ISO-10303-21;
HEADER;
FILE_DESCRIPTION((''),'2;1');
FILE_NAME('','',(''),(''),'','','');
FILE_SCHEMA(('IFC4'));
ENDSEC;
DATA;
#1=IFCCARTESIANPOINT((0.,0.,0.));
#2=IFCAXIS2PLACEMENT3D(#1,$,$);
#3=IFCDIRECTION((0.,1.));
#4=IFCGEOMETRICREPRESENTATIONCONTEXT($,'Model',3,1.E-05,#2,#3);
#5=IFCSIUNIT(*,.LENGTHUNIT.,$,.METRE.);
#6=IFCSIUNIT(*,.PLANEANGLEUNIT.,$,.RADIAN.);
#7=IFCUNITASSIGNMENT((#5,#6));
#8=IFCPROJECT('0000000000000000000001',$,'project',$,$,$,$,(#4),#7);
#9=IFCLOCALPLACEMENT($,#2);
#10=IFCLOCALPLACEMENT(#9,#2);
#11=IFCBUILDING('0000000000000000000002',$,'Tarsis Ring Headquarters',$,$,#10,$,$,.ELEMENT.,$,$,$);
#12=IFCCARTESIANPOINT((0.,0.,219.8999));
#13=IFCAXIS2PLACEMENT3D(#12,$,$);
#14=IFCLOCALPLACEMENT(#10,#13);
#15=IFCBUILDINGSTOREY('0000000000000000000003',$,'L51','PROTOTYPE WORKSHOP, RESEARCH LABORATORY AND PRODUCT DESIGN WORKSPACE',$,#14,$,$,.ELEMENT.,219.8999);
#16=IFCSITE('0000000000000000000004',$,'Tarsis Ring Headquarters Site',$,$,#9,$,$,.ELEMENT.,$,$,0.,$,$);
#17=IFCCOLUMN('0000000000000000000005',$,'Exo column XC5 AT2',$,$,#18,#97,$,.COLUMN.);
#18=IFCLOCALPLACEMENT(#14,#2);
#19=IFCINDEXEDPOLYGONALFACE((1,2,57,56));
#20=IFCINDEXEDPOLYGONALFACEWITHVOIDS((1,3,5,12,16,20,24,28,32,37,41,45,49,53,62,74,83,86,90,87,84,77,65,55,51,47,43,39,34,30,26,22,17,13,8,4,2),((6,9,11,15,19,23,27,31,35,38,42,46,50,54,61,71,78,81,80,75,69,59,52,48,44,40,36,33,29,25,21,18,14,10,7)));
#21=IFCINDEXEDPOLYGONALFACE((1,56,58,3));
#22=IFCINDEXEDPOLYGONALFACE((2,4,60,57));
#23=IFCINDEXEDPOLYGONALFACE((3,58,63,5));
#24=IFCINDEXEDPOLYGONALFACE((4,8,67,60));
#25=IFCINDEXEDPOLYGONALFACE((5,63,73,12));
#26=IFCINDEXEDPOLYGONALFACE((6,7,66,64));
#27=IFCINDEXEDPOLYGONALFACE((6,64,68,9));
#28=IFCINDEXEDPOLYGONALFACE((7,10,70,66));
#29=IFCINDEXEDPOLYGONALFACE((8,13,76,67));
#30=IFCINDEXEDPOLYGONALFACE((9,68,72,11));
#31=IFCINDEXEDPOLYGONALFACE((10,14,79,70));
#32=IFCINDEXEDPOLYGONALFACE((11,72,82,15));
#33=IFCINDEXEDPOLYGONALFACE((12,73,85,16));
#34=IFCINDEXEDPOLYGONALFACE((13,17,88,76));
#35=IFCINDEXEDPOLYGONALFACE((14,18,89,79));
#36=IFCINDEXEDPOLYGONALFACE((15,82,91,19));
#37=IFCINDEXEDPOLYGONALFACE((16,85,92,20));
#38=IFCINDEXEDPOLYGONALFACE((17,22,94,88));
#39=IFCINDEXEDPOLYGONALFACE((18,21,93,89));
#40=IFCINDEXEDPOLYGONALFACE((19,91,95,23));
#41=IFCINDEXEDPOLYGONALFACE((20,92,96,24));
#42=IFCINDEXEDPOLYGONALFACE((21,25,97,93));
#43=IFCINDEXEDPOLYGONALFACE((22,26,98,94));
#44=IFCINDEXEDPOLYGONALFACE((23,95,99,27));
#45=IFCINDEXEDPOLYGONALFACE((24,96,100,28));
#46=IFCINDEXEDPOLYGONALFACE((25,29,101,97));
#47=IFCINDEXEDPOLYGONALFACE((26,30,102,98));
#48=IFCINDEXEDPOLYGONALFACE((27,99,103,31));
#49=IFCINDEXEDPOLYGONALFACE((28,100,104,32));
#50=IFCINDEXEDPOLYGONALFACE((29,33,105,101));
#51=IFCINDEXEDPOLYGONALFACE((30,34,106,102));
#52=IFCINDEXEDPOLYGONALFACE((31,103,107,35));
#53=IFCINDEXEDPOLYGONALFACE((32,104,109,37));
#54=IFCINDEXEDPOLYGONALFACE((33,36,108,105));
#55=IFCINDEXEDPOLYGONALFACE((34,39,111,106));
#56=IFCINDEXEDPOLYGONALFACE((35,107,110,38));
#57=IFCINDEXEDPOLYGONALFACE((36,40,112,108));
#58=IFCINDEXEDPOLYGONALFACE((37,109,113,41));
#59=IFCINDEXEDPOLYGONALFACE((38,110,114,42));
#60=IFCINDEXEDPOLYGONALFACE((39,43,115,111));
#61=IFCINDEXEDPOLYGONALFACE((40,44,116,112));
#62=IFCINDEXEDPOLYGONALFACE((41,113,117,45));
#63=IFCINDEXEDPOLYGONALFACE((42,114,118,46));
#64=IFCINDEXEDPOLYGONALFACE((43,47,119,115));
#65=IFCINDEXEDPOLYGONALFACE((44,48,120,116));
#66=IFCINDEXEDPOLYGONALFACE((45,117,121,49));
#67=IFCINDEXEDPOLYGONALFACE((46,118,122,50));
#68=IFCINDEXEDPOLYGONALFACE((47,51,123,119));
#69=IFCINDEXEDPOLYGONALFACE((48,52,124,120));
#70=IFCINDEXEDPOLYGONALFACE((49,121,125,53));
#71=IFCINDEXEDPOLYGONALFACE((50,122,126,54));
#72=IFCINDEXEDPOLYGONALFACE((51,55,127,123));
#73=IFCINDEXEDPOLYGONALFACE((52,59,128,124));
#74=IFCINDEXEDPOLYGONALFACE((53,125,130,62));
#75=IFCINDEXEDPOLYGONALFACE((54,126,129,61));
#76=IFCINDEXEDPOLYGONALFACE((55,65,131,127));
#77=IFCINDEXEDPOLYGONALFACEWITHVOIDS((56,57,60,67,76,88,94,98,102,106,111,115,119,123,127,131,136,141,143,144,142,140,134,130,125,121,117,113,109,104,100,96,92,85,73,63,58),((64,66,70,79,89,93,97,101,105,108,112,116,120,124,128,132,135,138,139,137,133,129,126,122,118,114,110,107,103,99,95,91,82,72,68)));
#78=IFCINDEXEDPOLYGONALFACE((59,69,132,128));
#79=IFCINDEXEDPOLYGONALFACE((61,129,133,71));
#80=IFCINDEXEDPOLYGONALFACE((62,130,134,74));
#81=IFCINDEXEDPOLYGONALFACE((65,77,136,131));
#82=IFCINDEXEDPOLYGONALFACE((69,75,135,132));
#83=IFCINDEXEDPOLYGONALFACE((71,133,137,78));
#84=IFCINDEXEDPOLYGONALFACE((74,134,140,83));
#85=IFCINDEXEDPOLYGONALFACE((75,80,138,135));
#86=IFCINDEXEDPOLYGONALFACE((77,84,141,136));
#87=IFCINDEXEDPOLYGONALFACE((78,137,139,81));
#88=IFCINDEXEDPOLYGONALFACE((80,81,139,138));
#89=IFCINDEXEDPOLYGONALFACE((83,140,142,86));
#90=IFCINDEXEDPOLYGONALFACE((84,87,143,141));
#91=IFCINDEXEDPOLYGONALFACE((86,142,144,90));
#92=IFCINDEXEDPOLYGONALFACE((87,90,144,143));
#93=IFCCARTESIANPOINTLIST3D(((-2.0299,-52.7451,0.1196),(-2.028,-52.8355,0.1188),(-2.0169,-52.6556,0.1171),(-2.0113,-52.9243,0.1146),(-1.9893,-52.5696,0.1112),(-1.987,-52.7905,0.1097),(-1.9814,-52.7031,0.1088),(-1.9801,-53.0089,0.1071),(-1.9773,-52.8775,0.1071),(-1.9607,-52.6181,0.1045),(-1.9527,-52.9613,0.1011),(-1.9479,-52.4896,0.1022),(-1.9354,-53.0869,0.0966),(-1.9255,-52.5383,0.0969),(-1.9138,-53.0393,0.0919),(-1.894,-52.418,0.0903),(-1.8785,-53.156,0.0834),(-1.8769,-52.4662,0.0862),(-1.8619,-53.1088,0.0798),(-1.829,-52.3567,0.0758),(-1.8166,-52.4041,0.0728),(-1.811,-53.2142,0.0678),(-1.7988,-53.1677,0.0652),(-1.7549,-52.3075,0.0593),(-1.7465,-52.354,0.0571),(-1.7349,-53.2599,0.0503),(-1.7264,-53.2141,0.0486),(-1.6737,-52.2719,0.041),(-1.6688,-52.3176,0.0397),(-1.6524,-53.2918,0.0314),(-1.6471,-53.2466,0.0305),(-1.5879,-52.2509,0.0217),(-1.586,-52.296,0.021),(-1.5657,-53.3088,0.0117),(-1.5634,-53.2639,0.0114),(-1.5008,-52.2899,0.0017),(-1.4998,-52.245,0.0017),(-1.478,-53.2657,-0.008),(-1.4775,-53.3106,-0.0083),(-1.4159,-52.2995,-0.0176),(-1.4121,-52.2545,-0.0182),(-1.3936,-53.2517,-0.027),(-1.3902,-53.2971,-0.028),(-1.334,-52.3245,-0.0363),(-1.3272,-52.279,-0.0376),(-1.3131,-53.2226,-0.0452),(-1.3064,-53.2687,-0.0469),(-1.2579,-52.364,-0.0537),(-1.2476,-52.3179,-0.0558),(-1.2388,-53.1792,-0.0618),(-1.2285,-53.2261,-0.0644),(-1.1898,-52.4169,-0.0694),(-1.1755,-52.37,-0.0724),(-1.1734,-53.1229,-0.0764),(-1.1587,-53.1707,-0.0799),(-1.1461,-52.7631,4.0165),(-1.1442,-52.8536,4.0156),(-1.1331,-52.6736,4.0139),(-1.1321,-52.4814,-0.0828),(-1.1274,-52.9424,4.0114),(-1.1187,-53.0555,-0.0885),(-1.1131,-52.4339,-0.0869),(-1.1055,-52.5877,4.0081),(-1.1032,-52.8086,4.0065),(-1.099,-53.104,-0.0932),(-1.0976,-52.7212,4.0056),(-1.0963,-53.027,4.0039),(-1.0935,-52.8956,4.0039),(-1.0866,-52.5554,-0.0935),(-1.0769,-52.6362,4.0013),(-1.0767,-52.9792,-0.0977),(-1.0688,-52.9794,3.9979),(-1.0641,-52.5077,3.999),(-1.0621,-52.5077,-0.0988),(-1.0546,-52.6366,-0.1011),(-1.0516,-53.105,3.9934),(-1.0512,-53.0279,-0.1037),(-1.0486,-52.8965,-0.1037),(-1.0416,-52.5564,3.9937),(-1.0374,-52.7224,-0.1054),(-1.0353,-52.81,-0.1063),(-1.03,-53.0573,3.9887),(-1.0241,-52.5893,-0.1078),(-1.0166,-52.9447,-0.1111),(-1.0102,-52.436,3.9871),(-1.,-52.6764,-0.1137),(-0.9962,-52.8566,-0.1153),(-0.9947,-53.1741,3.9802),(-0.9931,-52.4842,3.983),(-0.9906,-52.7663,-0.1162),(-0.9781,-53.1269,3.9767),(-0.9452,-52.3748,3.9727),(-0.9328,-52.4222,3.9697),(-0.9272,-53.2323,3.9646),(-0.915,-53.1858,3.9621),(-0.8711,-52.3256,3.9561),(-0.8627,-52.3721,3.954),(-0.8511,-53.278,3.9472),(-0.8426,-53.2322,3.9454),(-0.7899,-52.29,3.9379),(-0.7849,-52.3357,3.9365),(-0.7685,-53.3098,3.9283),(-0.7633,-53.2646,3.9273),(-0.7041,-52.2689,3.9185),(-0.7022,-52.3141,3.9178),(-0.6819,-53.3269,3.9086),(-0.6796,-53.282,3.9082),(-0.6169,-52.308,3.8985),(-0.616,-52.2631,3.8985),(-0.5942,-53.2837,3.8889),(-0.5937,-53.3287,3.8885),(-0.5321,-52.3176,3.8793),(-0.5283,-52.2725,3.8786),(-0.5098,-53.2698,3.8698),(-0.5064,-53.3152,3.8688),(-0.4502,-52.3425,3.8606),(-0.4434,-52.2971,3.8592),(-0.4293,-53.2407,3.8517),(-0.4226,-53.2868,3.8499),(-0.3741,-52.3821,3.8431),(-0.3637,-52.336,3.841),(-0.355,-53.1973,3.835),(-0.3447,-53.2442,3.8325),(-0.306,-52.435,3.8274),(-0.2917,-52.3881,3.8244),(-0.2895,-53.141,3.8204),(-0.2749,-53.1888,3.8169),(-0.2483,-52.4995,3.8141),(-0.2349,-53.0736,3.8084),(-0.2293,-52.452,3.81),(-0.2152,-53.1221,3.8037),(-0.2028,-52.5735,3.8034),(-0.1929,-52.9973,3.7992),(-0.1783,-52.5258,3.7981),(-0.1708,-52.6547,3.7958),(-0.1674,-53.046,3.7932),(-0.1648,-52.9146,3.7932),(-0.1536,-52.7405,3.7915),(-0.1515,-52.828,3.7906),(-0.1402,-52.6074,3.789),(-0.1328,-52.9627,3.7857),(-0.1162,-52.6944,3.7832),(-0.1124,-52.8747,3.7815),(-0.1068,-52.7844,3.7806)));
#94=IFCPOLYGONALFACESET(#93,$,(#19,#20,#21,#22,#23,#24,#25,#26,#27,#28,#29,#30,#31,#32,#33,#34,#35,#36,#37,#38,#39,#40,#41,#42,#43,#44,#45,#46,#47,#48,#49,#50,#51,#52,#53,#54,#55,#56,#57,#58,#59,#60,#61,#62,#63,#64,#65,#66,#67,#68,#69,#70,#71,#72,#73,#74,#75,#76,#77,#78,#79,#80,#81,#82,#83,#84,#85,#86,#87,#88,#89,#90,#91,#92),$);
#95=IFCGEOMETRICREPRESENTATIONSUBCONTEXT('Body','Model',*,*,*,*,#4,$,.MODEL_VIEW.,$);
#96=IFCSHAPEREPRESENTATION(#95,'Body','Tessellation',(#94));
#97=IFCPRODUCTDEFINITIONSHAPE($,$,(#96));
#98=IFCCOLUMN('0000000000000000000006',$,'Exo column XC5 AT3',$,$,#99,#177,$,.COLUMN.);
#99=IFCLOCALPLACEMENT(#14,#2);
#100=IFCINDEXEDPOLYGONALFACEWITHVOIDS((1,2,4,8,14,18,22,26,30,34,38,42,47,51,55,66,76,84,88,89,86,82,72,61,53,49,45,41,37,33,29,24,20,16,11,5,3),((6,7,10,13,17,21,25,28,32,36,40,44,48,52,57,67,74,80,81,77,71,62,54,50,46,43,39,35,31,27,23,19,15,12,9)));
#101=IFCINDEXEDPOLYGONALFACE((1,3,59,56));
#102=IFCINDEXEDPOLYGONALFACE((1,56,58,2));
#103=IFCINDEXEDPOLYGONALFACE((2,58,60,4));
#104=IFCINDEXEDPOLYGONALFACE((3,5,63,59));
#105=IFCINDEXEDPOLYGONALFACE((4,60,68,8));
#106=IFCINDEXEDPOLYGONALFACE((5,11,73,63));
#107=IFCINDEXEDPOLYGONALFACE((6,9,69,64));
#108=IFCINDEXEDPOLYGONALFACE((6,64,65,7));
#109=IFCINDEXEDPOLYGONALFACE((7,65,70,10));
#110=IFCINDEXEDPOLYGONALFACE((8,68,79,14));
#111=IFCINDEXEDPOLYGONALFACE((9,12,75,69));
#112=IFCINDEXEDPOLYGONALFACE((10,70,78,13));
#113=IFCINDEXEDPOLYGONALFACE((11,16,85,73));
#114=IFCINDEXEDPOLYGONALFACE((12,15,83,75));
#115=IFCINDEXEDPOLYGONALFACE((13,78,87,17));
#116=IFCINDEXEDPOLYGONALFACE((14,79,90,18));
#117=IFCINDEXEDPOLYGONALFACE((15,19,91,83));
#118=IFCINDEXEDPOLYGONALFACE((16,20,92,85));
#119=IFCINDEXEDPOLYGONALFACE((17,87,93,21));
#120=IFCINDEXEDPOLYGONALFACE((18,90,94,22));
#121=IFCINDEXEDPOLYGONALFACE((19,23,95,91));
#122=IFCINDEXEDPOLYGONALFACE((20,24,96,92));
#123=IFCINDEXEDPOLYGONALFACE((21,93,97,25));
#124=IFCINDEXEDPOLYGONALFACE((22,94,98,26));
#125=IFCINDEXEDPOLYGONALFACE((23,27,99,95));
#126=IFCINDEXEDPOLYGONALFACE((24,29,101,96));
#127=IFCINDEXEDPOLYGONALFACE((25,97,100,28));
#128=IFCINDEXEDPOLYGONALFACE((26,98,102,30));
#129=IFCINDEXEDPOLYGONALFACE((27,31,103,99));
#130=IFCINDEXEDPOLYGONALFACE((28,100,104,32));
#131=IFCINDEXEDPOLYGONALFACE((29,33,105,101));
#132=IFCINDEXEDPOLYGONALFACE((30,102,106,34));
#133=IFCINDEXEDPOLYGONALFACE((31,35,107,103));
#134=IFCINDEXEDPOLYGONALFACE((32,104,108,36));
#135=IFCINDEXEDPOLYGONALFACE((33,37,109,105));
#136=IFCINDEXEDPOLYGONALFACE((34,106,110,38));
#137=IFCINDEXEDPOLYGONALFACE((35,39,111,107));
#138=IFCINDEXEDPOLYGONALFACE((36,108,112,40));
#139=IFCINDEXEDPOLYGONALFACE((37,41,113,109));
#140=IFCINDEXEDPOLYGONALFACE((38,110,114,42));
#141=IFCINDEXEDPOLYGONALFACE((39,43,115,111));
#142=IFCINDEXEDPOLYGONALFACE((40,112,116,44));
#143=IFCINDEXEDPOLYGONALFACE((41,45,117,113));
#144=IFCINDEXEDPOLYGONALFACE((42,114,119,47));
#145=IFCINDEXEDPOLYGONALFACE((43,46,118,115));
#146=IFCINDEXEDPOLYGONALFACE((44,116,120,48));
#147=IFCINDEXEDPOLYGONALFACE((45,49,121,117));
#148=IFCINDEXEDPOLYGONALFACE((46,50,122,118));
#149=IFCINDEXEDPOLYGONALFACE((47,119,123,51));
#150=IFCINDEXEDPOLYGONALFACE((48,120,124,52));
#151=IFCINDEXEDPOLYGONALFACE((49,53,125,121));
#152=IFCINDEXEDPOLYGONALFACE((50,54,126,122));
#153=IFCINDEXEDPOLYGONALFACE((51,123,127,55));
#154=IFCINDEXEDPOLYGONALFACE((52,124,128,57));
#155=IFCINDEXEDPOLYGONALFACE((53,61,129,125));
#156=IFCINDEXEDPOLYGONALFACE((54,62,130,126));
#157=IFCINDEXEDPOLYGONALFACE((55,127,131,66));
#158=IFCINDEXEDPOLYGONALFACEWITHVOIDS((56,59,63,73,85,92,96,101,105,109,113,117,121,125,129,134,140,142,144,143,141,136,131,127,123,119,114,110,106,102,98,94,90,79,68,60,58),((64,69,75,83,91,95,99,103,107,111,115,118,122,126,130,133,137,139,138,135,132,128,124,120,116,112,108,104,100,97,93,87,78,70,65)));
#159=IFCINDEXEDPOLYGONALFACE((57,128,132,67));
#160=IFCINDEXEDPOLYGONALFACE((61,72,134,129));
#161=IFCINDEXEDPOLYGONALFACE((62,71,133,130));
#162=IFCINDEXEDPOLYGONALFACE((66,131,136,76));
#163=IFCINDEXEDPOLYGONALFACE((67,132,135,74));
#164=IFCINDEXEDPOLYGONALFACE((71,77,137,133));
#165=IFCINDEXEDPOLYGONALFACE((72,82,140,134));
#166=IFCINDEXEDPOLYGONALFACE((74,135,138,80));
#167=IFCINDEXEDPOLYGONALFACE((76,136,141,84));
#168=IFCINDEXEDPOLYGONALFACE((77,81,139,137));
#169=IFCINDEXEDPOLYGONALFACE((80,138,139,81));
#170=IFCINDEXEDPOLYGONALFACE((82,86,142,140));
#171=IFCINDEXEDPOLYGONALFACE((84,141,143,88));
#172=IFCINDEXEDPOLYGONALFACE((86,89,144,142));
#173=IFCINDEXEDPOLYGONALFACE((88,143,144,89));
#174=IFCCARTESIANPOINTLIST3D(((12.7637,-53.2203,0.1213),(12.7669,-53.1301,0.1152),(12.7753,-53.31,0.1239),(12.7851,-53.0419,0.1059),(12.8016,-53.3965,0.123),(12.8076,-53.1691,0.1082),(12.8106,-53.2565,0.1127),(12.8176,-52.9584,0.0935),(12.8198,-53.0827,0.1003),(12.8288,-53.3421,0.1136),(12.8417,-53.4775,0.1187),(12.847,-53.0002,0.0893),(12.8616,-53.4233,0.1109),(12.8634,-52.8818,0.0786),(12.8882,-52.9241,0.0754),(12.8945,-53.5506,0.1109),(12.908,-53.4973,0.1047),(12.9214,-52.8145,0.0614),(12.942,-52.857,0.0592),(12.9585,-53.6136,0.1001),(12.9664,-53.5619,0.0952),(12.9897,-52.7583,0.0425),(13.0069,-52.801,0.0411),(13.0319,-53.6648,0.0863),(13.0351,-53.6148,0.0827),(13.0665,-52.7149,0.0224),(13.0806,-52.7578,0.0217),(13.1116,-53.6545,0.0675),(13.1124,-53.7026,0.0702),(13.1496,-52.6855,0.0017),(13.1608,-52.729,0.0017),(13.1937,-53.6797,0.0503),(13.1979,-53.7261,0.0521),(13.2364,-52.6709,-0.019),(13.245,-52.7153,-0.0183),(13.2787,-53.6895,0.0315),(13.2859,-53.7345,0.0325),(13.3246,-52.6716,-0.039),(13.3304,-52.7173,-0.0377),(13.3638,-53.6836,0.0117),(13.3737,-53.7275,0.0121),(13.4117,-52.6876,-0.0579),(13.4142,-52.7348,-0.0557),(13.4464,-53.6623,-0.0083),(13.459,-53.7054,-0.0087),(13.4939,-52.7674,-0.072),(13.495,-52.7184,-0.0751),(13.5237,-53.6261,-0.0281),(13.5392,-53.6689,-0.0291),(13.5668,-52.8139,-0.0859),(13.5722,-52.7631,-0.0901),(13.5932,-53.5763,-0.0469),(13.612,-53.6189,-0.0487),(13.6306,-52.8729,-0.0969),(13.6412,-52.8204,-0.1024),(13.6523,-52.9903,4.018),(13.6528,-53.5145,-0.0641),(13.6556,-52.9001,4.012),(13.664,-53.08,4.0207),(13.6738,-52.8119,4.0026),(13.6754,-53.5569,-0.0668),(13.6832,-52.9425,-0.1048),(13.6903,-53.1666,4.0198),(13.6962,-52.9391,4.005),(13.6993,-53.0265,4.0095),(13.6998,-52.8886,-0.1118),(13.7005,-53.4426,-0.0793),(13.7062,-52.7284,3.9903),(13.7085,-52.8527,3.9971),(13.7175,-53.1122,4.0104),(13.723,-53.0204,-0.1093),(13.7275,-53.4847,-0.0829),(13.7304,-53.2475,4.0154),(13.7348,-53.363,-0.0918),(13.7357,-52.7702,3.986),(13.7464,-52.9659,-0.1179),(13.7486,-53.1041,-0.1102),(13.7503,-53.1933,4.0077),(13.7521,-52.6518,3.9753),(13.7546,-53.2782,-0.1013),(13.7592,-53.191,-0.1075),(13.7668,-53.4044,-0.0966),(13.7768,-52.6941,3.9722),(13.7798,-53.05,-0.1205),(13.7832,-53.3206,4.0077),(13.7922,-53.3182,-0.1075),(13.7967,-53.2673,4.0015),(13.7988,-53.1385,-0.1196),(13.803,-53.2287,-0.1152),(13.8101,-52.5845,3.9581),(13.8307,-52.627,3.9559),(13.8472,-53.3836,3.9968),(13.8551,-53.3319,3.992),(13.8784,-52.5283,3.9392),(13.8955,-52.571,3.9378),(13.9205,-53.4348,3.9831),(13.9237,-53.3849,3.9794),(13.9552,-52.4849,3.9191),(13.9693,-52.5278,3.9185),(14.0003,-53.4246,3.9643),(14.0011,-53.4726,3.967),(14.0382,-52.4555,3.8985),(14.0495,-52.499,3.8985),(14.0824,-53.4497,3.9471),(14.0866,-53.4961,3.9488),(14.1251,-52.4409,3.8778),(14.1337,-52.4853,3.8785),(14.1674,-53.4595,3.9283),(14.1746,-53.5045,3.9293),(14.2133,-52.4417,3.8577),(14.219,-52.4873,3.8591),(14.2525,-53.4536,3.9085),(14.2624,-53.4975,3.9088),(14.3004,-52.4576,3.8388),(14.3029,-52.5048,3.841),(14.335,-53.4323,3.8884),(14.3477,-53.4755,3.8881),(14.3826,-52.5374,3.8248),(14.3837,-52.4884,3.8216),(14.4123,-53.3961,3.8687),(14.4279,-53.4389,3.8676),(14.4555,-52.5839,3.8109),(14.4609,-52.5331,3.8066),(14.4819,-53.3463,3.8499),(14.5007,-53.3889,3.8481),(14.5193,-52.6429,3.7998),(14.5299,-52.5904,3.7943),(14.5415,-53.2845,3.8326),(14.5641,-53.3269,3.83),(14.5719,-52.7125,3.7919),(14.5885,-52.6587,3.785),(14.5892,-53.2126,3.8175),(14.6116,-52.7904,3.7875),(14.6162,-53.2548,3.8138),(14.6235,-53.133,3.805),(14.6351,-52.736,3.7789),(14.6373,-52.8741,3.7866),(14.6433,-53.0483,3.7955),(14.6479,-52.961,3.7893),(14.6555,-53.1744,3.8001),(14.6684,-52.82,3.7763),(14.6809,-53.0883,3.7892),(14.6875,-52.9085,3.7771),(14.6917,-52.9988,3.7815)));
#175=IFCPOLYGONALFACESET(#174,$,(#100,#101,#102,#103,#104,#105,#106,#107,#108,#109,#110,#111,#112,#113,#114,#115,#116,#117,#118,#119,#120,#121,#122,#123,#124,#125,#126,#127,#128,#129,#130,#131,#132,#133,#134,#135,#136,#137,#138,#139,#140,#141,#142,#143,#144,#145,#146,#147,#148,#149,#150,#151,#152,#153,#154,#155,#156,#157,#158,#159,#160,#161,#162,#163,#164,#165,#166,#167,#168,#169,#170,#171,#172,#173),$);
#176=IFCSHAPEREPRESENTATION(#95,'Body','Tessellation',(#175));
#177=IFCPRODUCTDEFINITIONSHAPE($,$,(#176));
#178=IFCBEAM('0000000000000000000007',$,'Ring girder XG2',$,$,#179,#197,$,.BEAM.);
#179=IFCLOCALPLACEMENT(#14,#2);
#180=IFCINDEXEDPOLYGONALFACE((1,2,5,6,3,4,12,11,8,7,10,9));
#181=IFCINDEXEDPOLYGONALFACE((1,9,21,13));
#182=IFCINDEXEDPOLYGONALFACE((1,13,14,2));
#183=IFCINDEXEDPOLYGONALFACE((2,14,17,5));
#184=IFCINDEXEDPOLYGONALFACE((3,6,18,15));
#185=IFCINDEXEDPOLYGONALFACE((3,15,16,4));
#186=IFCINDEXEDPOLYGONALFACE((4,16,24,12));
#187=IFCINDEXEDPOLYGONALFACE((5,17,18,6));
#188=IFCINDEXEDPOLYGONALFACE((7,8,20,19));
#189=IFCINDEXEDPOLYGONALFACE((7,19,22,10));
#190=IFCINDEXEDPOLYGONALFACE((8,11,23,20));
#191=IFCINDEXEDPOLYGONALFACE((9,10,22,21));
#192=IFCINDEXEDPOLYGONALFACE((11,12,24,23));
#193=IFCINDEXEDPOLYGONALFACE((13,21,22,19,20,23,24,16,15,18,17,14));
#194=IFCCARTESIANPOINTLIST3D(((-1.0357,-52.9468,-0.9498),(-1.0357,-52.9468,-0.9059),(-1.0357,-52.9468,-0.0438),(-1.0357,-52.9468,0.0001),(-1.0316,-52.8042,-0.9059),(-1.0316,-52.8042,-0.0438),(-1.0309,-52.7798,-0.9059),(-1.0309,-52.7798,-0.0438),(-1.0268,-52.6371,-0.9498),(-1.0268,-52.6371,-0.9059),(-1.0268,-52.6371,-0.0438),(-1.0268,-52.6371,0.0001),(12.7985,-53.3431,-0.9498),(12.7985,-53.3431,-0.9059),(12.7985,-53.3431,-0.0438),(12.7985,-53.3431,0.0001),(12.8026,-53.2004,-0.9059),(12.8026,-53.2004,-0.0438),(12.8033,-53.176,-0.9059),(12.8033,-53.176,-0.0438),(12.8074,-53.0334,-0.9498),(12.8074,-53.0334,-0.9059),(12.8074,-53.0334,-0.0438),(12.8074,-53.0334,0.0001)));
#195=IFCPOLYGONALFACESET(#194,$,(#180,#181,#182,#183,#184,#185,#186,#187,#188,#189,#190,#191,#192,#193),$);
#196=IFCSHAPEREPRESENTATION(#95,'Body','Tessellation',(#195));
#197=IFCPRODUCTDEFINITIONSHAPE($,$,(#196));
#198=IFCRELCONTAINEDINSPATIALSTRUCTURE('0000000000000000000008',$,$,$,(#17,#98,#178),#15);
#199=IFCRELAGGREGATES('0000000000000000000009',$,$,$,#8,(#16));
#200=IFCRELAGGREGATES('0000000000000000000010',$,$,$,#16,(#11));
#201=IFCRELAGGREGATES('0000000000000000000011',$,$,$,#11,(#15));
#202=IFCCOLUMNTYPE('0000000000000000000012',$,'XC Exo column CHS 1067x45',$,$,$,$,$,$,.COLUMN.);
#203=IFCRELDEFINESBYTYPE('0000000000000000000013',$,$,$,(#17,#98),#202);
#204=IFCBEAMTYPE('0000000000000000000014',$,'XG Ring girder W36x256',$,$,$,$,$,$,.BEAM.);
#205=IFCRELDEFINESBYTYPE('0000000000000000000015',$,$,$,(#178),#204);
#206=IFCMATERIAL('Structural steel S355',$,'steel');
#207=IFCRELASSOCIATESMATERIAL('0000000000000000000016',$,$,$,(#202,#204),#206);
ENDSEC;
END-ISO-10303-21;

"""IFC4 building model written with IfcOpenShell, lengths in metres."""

from ifc_helpers import new_model, si_unit, direction, frame, origin, origin_2d, place, context, subcontext, project, spatial, hollow_circle, i_section, extrude, material, material_profile, profile_set, type_object, element, save


model = new_model("IFC4")

# Units and contexts
model_context = context("Model", 3, precision=1e-05, world=origin(), true_north=direction((0.0, 1.0)))
body_context = subcontext(model_context, "Body", "Model", "MODEL_VIEW")
ifc_project = project(units=[si_unit("LENGTHUNIT", "METRE"), si_unit("PLANEANGLEUNIT", "RADIAN")], contexts=[model_context])

# Site, building, storey
site_placement = place(None, origin())
site = spatial("IfcSite", under=ifc_project, at=site_placement, Name="Tarsis Ring Headquarters Site", CompositionType="ELEMENT", RefElevation=0.0)
building_placement = place(site_placement, origin())
building = spatial("IfcBuilding", under=site, at=building_placement, Name="Tarsis Ring Headquarters", CompositionType="ELEMENT")
storey_placement = place(building_placement, frame((0.0, 0.0, 219.8999)))
storey = spatial("IfcBuildingStorey", under=building, at=storey_placement, Name="L51", Description="PROTOTYPE WORKSHOP, RESEARCH LABORATORY AND PRODUCT DESIGN WORKSPACE", CompositionType="ELEMENT", Elevation=219.8999)

# Columns
ifc_material_1 = material(Name="Structural steel S355", Category="steel")
ifc_material_profile_1 = material_profile(ifc_material_1, hollow_circle(Radius=0.5334, WallThickness=0.0449, at=origin_2d()), Name="CHS 1067x45")
ifc_profile_set_1 = profile_set([ifc_material_profile_1], Name="Structural steel S355")
column_type = type_object("IfcColumnType", Name="XC Exo column CHS 1067x45", PredefinedType="COLUMN", material=ifc_profile_set_1)
column_1_placement = place(storey_placement, frame((-1.5107, -52.7783, 0.0017), z_axis=(0.221183, -0.004521, 0.975222), x_axis=(0.020438, 0.999791, 0.0)))
element("IfcColumn", 1, at=column_1_placement, inside=storey, type_object=column_type, Name="Exo column XC5 AT2", PredefinedType="COLUMN", context=body_context, shape_type="SweptSolid", body=[
    extrude(hollow_circle(Radius=0.5334, WallThickness=0.0449, at=origin_2d()), origin(), (0.0, 0.0, 1.0), 3.9958),
])
column_2_placement = place(storey_placement, frame((13.2832, -53.2019, 0.0017), z_axis=(0.22198, 0.057446, 0.973358), x_axis=(-0.250538, 0.968107, 0.0)))
element("IfcColumn", 2, at=column_2_placement, inside=storey, type_object=column_type, Name="Exo column XC5 AT3", PredefinedType="COLUMN", context=body_context, shape_type="SweptSolid", body=[
    extrude(hollow_circle(Radius=0.5334, WallThickness=0.0449, at=origin_2d()), origin(), (0.0, 0.0, 1.0), 4.0034),
])

# Beam
ifc_material_profile_2 = material_profile(ifc_material_1, i_section(OverallWidth=0.3098, OverallDepth=0.95, WebThickness=0.0244, FlangeThickness=0.0439, at=origin_2d()), Name="W36x256")
ifc_profile_set_2 = profile_set([ifc_material_profile_2], Name="Structural steel S355")
beam_type = type_object("IfcBeamType", Name="XG Ring girder W36x256", PredefinedType="BEAM", material=ifc_profile_set_2)
beam_1_placement = place(storey_placement, frame((-1.0312, -52.792, -0.4749), z_axis=(0.99959, -0.02863, 0.0), x_axis=(0.02863, 0.99959, 0.0)))
element("IfcBeam", 3, at=beam_1_placement, inside=storey, type_object=beam_type, Name="Ring girder XG2", PredefinedType="BEAM", context=body_context, shape_type="SweptSolid", body=[
    extrude(i_section(OverallWidth=0.3098, OverallDepth=0.95, WebThickness=0.0244, FlangeThickness=0.0439, at=origin_2d()), origin(), (0.0, 0.0, 1.0), 13.8398),
])

save(model, "model.ifc")
